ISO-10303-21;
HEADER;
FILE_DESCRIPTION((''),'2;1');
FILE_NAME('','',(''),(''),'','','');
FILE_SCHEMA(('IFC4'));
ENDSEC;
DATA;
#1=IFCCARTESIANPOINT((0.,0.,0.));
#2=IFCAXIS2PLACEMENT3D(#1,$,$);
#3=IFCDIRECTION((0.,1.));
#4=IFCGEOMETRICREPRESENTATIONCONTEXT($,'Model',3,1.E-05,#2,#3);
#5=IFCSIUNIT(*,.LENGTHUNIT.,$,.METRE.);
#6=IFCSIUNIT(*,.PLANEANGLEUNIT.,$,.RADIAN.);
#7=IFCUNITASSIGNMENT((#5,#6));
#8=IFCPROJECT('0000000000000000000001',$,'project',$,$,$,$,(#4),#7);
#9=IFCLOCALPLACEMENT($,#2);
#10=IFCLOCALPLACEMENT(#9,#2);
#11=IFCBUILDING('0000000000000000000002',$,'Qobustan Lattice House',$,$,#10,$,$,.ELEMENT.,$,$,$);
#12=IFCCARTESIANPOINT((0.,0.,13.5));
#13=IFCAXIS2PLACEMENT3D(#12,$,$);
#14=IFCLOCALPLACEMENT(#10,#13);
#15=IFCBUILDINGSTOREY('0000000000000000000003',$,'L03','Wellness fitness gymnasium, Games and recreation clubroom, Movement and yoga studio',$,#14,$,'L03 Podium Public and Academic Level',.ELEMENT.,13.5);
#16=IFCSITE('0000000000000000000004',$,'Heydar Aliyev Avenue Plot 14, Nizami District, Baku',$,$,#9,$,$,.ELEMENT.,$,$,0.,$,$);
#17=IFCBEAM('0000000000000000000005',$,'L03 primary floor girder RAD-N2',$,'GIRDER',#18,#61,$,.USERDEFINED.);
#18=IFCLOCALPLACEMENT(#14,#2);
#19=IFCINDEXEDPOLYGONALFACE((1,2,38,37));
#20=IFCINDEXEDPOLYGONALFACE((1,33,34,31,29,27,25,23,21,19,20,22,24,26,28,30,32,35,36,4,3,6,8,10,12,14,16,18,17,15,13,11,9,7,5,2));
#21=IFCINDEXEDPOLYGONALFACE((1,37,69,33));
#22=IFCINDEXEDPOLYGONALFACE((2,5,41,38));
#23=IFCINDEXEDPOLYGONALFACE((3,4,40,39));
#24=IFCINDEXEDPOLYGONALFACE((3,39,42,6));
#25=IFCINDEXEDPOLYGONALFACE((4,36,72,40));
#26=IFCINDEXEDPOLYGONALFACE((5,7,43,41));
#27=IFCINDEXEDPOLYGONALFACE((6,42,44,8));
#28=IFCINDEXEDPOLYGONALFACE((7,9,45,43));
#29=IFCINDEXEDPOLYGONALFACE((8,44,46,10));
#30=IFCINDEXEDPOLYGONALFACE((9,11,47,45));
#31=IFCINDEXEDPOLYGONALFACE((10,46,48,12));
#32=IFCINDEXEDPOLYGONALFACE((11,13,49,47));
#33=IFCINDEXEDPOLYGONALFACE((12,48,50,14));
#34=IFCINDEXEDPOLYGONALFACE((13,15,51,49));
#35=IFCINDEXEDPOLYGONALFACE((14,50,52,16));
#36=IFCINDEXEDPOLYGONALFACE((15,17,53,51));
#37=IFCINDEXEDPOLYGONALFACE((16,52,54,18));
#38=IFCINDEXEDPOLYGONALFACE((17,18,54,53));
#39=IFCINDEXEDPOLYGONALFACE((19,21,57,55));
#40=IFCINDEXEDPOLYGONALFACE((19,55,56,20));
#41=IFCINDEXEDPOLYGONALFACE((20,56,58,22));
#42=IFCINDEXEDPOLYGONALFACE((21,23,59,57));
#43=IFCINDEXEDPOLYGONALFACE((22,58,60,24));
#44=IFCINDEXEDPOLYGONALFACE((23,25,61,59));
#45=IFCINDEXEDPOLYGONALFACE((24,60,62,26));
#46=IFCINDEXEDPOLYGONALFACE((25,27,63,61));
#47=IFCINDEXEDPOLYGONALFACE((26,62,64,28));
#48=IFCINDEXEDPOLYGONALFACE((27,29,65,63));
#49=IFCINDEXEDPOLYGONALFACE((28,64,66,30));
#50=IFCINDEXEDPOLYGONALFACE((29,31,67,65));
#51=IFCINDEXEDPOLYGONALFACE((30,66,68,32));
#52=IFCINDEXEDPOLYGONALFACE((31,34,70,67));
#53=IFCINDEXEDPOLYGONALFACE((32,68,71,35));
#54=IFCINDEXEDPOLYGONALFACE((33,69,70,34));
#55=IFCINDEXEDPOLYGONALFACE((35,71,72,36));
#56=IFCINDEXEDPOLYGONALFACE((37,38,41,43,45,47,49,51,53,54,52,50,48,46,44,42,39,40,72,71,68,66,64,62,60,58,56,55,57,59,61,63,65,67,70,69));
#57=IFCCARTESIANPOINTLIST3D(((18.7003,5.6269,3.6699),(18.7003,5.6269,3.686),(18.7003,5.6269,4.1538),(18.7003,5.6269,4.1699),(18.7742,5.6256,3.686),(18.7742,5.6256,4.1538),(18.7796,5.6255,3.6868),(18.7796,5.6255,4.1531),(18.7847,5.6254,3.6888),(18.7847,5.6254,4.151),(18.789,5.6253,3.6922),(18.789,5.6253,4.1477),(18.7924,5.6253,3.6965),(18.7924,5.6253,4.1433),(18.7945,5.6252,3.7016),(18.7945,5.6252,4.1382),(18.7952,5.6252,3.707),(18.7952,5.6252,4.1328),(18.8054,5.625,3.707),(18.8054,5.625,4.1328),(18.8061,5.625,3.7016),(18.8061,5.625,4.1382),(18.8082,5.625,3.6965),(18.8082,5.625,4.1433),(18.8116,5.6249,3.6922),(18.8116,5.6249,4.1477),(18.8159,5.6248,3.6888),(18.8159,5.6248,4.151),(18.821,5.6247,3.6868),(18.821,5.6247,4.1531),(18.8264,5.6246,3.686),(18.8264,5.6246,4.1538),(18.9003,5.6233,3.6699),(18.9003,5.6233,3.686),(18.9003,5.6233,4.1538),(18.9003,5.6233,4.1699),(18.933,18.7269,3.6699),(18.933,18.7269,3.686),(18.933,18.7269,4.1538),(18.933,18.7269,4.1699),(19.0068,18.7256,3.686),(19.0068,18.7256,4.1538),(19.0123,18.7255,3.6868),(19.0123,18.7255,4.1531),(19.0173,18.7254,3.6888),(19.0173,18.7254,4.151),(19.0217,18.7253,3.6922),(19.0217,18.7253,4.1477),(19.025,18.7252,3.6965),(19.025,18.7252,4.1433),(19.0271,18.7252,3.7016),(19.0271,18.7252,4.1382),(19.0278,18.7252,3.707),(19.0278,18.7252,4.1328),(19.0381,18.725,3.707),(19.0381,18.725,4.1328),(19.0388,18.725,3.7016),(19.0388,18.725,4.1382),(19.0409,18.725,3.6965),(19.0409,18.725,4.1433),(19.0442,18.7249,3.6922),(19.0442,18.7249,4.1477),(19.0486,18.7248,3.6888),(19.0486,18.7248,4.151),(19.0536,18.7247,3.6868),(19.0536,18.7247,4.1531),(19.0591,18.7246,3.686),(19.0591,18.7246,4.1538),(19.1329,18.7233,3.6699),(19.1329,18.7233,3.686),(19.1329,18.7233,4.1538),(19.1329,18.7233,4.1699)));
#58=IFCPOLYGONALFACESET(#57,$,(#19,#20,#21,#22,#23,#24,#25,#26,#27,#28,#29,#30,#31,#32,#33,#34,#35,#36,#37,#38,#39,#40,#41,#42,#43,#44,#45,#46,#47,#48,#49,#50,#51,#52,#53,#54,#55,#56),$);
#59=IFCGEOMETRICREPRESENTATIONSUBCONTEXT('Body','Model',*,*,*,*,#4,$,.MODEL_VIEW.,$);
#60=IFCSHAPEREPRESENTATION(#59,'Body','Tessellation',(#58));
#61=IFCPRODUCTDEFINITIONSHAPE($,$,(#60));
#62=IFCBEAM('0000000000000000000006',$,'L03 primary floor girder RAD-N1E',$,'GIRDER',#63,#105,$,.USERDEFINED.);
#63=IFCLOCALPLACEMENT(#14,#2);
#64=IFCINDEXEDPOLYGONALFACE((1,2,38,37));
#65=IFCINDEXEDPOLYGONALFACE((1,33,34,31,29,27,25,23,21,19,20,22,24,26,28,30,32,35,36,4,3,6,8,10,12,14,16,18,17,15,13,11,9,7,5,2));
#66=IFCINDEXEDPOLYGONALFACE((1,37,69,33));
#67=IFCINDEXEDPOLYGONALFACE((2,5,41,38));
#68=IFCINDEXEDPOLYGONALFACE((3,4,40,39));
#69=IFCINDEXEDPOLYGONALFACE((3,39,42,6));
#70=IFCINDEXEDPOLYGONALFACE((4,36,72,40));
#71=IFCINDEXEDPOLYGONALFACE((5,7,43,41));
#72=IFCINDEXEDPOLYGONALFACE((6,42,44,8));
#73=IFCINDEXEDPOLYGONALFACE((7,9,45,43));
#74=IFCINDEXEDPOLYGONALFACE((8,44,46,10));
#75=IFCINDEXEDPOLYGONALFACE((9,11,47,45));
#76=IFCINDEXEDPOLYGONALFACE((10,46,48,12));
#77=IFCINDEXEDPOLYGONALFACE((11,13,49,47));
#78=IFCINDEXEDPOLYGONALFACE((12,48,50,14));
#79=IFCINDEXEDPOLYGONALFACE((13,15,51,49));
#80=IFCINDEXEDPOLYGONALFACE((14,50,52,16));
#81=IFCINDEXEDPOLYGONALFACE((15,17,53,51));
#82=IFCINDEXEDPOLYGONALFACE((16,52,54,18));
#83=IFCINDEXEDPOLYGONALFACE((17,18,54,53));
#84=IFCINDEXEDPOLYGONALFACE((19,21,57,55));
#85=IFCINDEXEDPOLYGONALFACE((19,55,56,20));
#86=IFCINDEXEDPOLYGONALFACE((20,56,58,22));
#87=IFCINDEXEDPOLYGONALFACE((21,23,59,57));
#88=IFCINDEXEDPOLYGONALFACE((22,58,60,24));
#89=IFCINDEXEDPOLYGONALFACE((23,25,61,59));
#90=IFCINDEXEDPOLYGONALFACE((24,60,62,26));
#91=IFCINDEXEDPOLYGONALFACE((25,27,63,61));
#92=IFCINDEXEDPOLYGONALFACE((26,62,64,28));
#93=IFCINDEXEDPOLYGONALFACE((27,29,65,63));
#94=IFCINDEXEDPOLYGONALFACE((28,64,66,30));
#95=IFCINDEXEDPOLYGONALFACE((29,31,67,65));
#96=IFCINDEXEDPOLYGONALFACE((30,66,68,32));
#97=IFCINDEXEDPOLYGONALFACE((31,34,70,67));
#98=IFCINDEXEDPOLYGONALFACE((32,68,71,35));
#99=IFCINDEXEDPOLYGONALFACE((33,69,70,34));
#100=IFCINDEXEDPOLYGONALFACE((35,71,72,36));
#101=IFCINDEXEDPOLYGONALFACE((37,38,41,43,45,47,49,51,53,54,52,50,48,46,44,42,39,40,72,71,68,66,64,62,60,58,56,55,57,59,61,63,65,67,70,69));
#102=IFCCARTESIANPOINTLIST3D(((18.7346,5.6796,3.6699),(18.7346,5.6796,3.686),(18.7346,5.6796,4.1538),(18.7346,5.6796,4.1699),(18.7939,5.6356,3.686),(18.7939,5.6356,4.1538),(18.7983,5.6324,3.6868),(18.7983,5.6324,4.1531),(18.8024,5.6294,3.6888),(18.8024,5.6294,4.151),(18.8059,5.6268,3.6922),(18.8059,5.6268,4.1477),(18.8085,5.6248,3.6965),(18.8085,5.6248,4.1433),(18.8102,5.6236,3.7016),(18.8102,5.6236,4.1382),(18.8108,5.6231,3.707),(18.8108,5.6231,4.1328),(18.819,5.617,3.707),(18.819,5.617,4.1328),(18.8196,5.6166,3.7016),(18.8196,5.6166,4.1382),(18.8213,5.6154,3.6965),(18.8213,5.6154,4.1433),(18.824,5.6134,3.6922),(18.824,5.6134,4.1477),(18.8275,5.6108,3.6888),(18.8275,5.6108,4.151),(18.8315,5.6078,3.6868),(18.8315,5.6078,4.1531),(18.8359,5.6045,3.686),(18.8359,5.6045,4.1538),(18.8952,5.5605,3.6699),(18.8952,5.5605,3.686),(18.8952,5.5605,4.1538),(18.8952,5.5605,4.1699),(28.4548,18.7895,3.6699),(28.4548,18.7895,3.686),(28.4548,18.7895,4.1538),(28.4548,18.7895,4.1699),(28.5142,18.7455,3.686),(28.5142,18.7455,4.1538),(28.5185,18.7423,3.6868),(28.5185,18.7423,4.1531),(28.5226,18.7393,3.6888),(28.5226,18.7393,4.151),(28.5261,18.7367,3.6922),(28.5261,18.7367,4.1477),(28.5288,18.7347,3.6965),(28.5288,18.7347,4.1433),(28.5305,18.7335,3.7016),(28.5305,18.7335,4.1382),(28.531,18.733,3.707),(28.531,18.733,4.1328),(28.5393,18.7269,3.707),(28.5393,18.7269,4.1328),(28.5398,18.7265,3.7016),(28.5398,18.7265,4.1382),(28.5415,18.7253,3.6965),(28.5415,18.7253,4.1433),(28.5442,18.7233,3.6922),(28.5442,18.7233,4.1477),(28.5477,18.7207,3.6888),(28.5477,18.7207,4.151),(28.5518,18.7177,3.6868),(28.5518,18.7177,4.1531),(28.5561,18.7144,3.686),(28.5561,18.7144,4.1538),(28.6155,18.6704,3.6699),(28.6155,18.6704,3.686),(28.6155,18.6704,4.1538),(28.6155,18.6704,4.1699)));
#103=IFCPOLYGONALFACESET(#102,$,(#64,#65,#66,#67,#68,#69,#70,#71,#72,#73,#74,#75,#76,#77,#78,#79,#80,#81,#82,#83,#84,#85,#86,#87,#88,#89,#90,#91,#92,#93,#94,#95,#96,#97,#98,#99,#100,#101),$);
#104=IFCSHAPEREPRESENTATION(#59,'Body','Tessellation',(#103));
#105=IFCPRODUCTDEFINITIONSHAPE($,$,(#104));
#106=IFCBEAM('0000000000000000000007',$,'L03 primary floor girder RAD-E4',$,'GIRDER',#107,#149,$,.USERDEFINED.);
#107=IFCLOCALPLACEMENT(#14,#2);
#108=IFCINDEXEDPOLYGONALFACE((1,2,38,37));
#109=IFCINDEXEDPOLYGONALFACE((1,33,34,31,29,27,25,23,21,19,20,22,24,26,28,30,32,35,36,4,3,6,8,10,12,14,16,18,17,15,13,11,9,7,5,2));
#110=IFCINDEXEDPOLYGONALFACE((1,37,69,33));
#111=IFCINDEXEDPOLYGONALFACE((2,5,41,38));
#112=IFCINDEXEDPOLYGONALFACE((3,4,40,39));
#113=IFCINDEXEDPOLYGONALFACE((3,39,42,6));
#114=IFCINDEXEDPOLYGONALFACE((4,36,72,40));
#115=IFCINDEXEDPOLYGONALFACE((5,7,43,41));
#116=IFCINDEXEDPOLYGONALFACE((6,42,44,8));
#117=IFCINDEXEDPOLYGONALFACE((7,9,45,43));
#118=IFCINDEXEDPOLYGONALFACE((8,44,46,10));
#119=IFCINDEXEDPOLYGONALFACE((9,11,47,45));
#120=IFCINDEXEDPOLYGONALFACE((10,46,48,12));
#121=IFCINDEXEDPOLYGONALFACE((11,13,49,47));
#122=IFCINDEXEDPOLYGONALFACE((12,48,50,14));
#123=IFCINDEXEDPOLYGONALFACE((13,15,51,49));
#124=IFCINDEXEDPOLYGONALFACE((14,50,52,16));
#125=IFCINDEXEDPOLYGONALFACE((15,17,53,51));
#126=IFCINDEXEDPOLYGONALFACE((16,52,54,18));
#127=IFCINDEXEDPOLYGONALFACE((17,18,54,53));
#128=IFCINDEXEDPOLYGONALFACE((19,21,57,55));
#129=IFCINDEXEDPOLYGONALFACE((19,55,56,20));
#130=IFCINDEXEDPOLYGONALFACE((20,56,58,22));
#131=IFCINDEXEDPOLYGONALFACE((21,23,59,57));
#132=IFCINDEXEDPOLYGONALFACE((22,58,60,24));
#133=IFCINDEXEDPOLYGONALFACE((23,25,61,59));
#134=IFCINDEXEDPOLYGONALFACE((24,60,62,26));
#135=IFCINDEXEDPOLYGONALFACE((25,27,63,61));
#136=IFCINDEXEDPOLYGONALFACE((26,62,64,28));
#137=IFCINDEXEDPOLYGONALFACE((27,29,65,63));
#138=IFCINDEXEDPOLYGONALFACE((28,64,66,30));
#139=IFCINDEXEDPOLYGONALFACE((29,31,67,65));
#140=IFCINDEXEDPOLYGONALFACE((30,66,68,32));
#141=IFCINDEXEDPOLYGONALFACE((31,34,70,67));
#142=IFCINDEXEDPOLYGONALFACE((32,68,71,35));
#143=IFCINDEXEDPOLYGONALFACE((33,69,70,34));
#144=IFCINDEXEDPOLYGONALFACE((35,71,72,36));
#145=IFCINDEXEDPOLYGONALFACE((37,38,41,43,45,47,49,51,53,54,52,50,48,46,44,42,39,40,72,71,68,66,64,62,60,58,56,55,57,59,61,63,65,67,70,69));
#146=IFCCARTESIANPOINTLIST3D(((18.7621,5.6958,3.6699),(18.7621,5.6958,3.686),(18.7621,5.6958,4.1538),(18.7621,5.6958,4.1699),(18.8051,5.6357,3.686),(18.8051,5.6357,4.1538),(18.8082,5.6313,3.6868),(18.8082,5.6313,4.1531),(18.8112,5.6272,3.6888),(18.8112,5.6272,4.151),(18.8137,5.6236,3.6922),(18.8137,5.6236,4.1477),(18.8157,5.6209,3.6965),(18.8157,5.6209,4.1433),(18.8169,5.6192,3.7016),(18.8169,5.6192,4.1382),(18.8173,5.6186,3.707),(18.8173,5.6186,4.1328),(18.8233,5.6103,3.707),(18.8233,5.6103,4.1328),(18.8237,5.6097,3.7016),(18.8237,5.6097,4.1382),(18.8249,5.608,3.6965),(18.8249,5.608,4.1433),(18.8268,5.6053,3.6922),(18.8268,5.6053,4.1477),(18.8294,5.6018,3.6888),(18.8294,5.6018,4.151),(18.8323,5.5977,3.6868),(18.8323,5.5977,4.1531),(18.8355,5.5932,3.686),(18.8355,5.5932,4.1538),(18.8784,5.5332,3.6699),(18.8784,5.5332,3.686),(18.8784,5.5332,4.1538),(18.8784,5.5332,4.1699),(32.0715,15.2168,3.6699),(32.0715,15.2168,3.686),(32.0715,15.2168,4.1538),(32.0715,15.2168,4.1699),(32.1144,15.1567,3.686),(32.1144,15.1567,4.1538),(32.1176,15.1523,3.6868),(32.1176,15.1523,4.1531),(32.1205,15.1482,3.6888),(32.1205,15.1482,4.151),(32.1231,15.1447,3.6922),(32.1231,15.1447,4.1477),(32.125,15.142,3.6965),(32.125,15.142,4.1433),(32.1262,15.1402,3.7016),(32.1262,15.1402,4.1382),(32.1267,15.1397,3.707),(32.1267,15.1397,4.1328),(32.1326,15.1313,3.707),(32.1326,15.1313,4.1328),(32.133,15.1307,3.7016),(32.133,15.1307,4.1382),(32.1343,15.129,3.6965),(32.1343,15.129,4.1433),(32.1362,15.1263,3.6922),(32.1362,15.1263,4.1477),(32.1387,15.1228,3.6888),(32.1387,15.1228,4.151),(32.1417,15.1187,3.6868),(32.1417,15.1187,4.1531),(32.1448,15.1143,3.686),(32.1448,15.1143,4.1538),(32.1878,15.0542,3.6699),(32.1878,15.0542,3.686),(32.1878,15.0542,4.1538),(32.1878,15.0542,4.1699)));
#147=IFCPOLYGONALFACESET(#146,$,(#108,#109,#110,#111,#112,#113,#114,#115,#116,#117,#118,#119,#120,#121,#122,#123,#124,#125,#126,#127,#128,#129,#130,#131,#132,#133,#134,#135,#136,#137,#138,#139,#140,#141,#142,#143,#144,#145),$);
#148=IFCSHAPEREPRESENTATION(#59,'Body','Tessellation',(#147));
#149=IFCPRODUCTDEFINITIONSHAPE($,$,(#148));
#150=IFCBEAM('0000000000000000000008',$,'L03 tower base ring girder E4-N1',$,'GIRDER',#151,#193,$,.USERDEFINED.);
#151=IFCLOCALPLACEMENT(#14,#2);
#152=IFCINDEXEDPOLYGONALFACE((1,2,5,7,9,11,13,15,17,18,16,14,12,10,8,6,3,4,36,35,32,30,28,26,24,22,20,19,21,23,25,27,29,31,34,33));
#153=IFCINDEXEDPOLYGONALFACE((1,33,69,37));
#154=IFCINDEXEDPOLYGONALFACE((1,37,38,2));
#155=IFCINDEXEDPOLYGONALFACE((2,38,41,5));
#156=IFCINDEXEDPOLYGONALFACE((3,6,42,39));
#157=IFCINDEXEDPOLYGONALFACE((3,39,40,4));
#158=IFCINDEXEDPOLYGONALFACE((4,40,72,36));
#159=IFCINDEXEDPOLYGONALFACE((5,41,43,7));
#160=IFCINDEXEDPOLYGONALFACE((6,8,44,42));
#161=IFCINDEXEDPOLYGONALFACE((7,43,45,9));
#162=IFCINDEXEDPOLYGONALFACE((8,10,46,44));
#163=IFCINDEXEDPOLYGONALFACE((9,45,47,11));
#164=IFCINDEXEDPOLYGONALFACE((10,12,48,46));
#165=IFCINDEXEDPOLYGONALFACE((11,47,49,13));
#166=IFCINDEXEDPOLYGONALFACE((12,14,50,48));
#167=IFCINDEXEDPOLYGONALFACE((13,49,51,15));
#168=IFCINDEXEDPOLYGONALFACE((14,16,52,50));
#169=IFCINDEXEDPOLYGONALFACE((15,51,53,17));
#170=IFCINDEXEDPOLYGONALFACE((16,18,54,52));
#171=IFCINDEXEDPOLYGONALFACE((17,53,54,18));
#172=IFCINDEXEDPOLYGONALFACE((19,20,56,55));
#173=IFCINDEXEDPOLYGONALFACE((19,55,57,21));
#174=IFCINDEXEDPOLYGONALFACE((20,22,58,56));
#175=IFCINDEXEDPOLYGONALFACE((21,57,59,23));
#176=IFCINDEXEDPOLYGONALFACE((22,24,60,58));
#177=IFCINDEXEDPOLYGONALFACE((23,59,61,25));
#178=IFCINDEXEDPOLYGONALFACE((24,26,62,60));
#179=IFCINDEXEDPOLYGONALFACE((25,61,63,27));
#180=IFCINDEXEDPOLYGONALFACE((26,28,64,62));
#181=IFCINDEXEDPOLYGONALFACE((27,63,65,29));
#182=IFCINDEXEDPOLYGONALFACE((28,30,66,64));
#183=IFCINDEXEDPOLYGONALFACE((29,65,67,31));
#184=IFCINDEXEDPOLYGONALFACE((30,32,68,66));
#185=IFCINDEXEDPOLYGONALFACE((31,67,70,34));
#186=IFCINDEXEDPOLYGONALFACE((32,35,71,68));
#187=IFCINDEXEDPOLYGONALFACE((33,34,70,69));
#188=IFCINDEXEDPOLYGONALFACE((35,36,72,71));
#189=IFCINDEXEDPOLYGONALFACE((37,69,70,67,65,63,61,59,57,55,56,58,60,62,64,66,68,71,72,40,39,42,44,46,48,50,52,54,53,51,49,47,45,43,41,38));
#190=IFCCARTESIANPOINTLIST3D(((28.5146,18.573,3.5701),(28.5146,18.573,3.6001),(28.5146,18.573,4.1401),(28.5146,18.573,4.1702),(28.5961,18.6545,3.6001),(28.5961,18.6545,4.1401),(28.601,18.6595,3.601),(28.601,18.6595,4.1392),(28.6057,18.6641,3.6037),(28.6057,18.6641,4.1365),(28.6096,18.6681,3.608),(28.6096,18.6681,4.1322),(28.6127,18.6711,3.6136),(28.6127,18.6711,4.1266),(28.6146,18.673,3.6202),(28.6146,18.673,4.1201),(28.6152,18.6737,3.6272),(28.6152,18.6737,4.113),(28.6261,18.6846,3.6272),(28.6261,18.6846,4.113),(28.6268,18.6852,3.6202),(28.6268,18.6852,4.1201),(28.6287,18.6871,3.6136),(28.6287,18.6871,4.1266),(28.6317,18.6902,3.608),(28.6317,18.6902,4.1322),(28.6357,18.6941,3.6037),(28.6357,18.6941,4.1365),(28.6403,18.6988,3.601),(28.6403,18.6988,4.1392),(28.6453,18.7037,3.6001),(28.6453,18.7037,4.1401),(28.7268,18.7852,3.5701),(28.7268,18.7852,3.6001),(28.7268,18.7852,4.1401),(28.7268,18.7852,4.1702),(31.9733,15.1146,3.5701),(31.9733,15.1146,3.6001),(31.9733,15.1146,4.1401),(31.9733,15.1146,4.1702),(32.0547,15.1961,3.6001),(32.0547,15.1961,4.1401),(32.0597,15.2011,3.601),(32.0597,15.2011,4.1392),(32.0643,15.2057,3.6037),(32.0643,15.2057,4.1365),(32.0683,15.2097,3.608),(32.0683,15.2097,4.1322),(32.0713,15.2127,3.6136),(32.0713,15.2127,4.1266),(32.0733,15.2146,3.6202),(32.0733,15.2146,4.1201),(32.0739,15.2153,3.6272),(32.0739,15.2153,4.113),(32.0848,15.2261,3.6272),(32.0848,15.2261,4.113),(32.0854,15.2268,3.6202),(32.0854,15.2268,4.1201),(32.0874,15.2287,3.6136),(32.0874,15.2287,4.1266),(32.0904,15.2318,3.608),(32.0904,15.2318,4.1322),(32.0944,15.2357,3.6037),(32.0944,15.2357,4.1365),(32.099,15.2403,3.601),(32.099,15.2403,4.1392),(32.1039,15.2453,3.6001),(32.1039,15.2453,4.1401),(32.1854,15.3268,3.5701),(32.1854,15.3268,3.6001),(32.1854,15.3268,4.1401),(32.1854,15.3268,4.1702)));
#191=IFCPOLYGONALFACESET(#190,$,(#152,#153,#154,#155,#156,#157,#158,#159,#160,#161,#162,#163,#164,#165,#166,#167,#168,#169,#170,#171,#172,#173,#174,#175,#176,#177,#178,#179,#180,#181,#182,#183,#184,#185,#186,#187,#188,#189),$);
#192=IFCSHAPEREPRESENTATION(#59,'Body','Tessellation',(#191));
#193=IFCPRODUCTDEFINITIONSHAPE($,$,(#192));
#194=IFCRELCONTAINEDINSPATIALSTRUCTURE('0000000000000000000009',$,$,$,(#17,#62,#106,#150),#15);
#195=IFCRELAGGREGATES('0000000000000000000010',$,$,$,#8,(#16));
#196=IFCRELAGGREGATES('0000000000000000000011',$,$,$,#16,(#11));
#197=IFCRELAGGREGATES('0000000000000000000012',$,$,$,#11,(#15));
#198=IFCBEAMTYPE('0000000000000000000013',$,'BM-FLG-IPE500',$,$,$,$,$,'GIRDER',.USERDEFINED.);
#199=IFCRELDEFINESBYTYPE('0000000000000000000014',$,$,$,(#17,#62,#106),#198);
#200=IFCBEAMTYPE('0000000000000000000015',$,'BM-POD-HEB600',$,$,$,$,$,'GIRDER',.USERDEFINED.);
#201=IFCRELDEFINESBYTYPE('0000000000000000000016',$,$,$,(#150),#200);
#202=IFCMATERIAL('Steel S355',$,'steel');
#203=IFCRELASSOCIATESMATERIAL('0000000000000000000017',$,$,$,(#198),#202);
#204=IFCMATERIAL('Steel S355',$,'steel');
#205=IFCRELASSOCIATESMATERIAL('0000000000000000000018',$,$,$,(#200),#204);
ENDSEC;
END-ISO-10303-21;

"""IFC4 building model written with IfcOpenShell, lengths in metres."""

from ifc_helpers import new_model, si_unit, direction, frame, origin, origin_2d, place, context, subcontext, project, spatial, i_section, extrude, material, material_profile, profile_set, type_object, element, save


model = new_model("IFC4")

# Units and contexts
model_context = context("Model", 3, precision=1e-05, world=origin(), true_north=direction((0.0, 1.0)))
body_context = subcontext(model_context, "Body", "Model", "MODEL_VIEW")
ifc_project = project(units=[si_unit("LENGTHUNIT", "METRE"), si_unit("PLANEANGLEUNIT", "RADIAN")], contexts=[model_context])

# Site, building, storey
site_placement = place(None, origin())
site = spatial("IfcSite", under=ifc_project, at=site_placement, Name="Heydar Aliyev Avenue Plot 14, Nizami District, Baku", CompositionType="ELEMENT", RefElevation=0.0)
building_placement = place(site_placement, origin())
building = spatial("IfcBuilding", under=site, at=building_placement, Name="Qobustan Lattice House", CompositionType="ELEMENT")
storey_placement = place(building_placement, frame((0.0, 0.0, 13.5)))
storey = spatial("IfcBuildingStorey", under=building, at=storey_placement, Name="L03", Description="Wellness fitness gymnasium, Games and recreation clubroom, Movement and yoga studio", LongName="L03 Podium Public and Academic Level", CompositionType="ELEMENT", Elevation=13.5)

# Beams
ifc_material_1 = material(Name="Steel S355", Category="steel")
ifc_material_profile_1 = material_profile(ifc_material_1, i_section(OverallWidth=0.2, OverallDepth=0.5, WebThickness=0.0103, FlangeThickness=0.0161, FilletRadius=0.021, at=origin_2d()), Name="IPE500")
ifc_profile_set_1 = profile_set([ifc_material_profile_1], Name="Steel S355")
beam_type_1 = type_object("IfcBeamType", Name="BM-FLG-IPE500", ElementType="GIRDER", PredefinedType="USERDEFINED", material=ifc_profile_set_1)
beam_1_placement = place(storey_placement, frame((19.033, 18.7251, 3.9199), z_axis=(-0.017758, -0.999842, 0.0), x_axis=(0.999842, -0.017758, 0.0)))
element("IfcBeam", 1, at=beam_1_placement, inside=storey, type_object=beam_type_1, Name="L03 primary floor girder RAD-N2", ObjectType="GIRDER", PredefinedType="USERDEFINED", context=body_context, shape_type="SweptSolid", body=[
    extrude(i_section(OverallWidth=0.2, OverallDepth=0.5, WebThickness=0.0103, FlangeThickness=0.0161, FilletRadius=0.021, at=origin_2d()), origin(), (0.0, 0.0, 1.0), 13.1021),
])
beam_2_placement = place(storey_placement, frame((28.5352, 18.73, 3.9199), z_axis=(-0.595592, -0.803287, 0.0), x_axis=(0.803287, -0.595592, 0.0)))
element("IfcBeam", 2, at=beam_2_placement, inside=storey, type_object=beam_type_1, Name="L03 primary floor girder RAD-N1E", ObjectType="GIRDER", PredefinedType="USERDEFINED", context=body_context, shape_type="SweptSolid", body=[
    extrude(i_section(OverallWidth=0.2, OverallDepth=0.5, WebThickness=0.0103, FlangeThickness=0.0161, FilletRadius=0.021, at=origin_2d()), origin(), (0.0, 0.0, 1.0), 16.3203),
])
beam_3_placement = place(storey_placement, frame((32.1296, 15.1355, 3.9199), z_axis=(-0.813319, -0.581818, 0.0), x_axis=(0.581818, -0.813319, 0.0)))
element("IfcBeam", 3, at=beam_3_placement, inside=storey, type_object=beam_type_1, Name="L03 primary floor girder RAD-E4", ObjectType="GIRDER", PredefinedType="USERDEFINED", context=body_context, shape_type="SweptSolid", body=[
    extrude(i_section(OverallWidth=0.2, OverallDepth=0.5, WebThickness=0.0103, FlangeThickness=0.0161, FilletRadius=0.021, at=origin_2d()), origin(), (0.0, 0.0, 1.0), 16.3643),
])
ifc_material_2 = material(Name="Steel S355", Category="steel")
ifc_material_profile_2 = material_profile(ifc_material_2, i_section(OverallWidth=0.3, OverallDepth=0.6001, WebThickness=0.0154, FlangeThickness=0.03, FilletRadius=0.0271, at=origin_2d()), Name="HEB600")
ifc_profile_set_2 = profile_set([ifc_material_profile_2], Name="Steel S355")
beam_type_2 = type_object("IfcBeamType", Name="BM-POD-HEB600", ElementType="GIRDER", PredefinedType="USERDEFINED", material=ifc_profile_set_2)
beam_4_placement = place(storey_placement, frame((32.0793, 15.2207, 3.8701), z_axis=(-0.707132, 0.707082, 0.0), x_axis=(-0.707082, -0.707132, 0.0)))
element("IfcBeam", 4, at=beam_4_placement, inside=storey, type_object=beam_type_2, Name="L03 tower base ring girder E4-N1", ObjectType="GIRDER", PredefinedType="USERDEFINED", context=body_context, shape_type="SweptSolid", body=[
    extrude(i_section(OverallWidth=0.3, OverallDepth=0.6001, WebThickness=0.0154, FlangeThickness=0.03, FilletRadius=0.0271, at=origin_2d()), origin(), (0.0, 0.0, 1.0), 4.8911),
])

save(model, "model.ifc")
